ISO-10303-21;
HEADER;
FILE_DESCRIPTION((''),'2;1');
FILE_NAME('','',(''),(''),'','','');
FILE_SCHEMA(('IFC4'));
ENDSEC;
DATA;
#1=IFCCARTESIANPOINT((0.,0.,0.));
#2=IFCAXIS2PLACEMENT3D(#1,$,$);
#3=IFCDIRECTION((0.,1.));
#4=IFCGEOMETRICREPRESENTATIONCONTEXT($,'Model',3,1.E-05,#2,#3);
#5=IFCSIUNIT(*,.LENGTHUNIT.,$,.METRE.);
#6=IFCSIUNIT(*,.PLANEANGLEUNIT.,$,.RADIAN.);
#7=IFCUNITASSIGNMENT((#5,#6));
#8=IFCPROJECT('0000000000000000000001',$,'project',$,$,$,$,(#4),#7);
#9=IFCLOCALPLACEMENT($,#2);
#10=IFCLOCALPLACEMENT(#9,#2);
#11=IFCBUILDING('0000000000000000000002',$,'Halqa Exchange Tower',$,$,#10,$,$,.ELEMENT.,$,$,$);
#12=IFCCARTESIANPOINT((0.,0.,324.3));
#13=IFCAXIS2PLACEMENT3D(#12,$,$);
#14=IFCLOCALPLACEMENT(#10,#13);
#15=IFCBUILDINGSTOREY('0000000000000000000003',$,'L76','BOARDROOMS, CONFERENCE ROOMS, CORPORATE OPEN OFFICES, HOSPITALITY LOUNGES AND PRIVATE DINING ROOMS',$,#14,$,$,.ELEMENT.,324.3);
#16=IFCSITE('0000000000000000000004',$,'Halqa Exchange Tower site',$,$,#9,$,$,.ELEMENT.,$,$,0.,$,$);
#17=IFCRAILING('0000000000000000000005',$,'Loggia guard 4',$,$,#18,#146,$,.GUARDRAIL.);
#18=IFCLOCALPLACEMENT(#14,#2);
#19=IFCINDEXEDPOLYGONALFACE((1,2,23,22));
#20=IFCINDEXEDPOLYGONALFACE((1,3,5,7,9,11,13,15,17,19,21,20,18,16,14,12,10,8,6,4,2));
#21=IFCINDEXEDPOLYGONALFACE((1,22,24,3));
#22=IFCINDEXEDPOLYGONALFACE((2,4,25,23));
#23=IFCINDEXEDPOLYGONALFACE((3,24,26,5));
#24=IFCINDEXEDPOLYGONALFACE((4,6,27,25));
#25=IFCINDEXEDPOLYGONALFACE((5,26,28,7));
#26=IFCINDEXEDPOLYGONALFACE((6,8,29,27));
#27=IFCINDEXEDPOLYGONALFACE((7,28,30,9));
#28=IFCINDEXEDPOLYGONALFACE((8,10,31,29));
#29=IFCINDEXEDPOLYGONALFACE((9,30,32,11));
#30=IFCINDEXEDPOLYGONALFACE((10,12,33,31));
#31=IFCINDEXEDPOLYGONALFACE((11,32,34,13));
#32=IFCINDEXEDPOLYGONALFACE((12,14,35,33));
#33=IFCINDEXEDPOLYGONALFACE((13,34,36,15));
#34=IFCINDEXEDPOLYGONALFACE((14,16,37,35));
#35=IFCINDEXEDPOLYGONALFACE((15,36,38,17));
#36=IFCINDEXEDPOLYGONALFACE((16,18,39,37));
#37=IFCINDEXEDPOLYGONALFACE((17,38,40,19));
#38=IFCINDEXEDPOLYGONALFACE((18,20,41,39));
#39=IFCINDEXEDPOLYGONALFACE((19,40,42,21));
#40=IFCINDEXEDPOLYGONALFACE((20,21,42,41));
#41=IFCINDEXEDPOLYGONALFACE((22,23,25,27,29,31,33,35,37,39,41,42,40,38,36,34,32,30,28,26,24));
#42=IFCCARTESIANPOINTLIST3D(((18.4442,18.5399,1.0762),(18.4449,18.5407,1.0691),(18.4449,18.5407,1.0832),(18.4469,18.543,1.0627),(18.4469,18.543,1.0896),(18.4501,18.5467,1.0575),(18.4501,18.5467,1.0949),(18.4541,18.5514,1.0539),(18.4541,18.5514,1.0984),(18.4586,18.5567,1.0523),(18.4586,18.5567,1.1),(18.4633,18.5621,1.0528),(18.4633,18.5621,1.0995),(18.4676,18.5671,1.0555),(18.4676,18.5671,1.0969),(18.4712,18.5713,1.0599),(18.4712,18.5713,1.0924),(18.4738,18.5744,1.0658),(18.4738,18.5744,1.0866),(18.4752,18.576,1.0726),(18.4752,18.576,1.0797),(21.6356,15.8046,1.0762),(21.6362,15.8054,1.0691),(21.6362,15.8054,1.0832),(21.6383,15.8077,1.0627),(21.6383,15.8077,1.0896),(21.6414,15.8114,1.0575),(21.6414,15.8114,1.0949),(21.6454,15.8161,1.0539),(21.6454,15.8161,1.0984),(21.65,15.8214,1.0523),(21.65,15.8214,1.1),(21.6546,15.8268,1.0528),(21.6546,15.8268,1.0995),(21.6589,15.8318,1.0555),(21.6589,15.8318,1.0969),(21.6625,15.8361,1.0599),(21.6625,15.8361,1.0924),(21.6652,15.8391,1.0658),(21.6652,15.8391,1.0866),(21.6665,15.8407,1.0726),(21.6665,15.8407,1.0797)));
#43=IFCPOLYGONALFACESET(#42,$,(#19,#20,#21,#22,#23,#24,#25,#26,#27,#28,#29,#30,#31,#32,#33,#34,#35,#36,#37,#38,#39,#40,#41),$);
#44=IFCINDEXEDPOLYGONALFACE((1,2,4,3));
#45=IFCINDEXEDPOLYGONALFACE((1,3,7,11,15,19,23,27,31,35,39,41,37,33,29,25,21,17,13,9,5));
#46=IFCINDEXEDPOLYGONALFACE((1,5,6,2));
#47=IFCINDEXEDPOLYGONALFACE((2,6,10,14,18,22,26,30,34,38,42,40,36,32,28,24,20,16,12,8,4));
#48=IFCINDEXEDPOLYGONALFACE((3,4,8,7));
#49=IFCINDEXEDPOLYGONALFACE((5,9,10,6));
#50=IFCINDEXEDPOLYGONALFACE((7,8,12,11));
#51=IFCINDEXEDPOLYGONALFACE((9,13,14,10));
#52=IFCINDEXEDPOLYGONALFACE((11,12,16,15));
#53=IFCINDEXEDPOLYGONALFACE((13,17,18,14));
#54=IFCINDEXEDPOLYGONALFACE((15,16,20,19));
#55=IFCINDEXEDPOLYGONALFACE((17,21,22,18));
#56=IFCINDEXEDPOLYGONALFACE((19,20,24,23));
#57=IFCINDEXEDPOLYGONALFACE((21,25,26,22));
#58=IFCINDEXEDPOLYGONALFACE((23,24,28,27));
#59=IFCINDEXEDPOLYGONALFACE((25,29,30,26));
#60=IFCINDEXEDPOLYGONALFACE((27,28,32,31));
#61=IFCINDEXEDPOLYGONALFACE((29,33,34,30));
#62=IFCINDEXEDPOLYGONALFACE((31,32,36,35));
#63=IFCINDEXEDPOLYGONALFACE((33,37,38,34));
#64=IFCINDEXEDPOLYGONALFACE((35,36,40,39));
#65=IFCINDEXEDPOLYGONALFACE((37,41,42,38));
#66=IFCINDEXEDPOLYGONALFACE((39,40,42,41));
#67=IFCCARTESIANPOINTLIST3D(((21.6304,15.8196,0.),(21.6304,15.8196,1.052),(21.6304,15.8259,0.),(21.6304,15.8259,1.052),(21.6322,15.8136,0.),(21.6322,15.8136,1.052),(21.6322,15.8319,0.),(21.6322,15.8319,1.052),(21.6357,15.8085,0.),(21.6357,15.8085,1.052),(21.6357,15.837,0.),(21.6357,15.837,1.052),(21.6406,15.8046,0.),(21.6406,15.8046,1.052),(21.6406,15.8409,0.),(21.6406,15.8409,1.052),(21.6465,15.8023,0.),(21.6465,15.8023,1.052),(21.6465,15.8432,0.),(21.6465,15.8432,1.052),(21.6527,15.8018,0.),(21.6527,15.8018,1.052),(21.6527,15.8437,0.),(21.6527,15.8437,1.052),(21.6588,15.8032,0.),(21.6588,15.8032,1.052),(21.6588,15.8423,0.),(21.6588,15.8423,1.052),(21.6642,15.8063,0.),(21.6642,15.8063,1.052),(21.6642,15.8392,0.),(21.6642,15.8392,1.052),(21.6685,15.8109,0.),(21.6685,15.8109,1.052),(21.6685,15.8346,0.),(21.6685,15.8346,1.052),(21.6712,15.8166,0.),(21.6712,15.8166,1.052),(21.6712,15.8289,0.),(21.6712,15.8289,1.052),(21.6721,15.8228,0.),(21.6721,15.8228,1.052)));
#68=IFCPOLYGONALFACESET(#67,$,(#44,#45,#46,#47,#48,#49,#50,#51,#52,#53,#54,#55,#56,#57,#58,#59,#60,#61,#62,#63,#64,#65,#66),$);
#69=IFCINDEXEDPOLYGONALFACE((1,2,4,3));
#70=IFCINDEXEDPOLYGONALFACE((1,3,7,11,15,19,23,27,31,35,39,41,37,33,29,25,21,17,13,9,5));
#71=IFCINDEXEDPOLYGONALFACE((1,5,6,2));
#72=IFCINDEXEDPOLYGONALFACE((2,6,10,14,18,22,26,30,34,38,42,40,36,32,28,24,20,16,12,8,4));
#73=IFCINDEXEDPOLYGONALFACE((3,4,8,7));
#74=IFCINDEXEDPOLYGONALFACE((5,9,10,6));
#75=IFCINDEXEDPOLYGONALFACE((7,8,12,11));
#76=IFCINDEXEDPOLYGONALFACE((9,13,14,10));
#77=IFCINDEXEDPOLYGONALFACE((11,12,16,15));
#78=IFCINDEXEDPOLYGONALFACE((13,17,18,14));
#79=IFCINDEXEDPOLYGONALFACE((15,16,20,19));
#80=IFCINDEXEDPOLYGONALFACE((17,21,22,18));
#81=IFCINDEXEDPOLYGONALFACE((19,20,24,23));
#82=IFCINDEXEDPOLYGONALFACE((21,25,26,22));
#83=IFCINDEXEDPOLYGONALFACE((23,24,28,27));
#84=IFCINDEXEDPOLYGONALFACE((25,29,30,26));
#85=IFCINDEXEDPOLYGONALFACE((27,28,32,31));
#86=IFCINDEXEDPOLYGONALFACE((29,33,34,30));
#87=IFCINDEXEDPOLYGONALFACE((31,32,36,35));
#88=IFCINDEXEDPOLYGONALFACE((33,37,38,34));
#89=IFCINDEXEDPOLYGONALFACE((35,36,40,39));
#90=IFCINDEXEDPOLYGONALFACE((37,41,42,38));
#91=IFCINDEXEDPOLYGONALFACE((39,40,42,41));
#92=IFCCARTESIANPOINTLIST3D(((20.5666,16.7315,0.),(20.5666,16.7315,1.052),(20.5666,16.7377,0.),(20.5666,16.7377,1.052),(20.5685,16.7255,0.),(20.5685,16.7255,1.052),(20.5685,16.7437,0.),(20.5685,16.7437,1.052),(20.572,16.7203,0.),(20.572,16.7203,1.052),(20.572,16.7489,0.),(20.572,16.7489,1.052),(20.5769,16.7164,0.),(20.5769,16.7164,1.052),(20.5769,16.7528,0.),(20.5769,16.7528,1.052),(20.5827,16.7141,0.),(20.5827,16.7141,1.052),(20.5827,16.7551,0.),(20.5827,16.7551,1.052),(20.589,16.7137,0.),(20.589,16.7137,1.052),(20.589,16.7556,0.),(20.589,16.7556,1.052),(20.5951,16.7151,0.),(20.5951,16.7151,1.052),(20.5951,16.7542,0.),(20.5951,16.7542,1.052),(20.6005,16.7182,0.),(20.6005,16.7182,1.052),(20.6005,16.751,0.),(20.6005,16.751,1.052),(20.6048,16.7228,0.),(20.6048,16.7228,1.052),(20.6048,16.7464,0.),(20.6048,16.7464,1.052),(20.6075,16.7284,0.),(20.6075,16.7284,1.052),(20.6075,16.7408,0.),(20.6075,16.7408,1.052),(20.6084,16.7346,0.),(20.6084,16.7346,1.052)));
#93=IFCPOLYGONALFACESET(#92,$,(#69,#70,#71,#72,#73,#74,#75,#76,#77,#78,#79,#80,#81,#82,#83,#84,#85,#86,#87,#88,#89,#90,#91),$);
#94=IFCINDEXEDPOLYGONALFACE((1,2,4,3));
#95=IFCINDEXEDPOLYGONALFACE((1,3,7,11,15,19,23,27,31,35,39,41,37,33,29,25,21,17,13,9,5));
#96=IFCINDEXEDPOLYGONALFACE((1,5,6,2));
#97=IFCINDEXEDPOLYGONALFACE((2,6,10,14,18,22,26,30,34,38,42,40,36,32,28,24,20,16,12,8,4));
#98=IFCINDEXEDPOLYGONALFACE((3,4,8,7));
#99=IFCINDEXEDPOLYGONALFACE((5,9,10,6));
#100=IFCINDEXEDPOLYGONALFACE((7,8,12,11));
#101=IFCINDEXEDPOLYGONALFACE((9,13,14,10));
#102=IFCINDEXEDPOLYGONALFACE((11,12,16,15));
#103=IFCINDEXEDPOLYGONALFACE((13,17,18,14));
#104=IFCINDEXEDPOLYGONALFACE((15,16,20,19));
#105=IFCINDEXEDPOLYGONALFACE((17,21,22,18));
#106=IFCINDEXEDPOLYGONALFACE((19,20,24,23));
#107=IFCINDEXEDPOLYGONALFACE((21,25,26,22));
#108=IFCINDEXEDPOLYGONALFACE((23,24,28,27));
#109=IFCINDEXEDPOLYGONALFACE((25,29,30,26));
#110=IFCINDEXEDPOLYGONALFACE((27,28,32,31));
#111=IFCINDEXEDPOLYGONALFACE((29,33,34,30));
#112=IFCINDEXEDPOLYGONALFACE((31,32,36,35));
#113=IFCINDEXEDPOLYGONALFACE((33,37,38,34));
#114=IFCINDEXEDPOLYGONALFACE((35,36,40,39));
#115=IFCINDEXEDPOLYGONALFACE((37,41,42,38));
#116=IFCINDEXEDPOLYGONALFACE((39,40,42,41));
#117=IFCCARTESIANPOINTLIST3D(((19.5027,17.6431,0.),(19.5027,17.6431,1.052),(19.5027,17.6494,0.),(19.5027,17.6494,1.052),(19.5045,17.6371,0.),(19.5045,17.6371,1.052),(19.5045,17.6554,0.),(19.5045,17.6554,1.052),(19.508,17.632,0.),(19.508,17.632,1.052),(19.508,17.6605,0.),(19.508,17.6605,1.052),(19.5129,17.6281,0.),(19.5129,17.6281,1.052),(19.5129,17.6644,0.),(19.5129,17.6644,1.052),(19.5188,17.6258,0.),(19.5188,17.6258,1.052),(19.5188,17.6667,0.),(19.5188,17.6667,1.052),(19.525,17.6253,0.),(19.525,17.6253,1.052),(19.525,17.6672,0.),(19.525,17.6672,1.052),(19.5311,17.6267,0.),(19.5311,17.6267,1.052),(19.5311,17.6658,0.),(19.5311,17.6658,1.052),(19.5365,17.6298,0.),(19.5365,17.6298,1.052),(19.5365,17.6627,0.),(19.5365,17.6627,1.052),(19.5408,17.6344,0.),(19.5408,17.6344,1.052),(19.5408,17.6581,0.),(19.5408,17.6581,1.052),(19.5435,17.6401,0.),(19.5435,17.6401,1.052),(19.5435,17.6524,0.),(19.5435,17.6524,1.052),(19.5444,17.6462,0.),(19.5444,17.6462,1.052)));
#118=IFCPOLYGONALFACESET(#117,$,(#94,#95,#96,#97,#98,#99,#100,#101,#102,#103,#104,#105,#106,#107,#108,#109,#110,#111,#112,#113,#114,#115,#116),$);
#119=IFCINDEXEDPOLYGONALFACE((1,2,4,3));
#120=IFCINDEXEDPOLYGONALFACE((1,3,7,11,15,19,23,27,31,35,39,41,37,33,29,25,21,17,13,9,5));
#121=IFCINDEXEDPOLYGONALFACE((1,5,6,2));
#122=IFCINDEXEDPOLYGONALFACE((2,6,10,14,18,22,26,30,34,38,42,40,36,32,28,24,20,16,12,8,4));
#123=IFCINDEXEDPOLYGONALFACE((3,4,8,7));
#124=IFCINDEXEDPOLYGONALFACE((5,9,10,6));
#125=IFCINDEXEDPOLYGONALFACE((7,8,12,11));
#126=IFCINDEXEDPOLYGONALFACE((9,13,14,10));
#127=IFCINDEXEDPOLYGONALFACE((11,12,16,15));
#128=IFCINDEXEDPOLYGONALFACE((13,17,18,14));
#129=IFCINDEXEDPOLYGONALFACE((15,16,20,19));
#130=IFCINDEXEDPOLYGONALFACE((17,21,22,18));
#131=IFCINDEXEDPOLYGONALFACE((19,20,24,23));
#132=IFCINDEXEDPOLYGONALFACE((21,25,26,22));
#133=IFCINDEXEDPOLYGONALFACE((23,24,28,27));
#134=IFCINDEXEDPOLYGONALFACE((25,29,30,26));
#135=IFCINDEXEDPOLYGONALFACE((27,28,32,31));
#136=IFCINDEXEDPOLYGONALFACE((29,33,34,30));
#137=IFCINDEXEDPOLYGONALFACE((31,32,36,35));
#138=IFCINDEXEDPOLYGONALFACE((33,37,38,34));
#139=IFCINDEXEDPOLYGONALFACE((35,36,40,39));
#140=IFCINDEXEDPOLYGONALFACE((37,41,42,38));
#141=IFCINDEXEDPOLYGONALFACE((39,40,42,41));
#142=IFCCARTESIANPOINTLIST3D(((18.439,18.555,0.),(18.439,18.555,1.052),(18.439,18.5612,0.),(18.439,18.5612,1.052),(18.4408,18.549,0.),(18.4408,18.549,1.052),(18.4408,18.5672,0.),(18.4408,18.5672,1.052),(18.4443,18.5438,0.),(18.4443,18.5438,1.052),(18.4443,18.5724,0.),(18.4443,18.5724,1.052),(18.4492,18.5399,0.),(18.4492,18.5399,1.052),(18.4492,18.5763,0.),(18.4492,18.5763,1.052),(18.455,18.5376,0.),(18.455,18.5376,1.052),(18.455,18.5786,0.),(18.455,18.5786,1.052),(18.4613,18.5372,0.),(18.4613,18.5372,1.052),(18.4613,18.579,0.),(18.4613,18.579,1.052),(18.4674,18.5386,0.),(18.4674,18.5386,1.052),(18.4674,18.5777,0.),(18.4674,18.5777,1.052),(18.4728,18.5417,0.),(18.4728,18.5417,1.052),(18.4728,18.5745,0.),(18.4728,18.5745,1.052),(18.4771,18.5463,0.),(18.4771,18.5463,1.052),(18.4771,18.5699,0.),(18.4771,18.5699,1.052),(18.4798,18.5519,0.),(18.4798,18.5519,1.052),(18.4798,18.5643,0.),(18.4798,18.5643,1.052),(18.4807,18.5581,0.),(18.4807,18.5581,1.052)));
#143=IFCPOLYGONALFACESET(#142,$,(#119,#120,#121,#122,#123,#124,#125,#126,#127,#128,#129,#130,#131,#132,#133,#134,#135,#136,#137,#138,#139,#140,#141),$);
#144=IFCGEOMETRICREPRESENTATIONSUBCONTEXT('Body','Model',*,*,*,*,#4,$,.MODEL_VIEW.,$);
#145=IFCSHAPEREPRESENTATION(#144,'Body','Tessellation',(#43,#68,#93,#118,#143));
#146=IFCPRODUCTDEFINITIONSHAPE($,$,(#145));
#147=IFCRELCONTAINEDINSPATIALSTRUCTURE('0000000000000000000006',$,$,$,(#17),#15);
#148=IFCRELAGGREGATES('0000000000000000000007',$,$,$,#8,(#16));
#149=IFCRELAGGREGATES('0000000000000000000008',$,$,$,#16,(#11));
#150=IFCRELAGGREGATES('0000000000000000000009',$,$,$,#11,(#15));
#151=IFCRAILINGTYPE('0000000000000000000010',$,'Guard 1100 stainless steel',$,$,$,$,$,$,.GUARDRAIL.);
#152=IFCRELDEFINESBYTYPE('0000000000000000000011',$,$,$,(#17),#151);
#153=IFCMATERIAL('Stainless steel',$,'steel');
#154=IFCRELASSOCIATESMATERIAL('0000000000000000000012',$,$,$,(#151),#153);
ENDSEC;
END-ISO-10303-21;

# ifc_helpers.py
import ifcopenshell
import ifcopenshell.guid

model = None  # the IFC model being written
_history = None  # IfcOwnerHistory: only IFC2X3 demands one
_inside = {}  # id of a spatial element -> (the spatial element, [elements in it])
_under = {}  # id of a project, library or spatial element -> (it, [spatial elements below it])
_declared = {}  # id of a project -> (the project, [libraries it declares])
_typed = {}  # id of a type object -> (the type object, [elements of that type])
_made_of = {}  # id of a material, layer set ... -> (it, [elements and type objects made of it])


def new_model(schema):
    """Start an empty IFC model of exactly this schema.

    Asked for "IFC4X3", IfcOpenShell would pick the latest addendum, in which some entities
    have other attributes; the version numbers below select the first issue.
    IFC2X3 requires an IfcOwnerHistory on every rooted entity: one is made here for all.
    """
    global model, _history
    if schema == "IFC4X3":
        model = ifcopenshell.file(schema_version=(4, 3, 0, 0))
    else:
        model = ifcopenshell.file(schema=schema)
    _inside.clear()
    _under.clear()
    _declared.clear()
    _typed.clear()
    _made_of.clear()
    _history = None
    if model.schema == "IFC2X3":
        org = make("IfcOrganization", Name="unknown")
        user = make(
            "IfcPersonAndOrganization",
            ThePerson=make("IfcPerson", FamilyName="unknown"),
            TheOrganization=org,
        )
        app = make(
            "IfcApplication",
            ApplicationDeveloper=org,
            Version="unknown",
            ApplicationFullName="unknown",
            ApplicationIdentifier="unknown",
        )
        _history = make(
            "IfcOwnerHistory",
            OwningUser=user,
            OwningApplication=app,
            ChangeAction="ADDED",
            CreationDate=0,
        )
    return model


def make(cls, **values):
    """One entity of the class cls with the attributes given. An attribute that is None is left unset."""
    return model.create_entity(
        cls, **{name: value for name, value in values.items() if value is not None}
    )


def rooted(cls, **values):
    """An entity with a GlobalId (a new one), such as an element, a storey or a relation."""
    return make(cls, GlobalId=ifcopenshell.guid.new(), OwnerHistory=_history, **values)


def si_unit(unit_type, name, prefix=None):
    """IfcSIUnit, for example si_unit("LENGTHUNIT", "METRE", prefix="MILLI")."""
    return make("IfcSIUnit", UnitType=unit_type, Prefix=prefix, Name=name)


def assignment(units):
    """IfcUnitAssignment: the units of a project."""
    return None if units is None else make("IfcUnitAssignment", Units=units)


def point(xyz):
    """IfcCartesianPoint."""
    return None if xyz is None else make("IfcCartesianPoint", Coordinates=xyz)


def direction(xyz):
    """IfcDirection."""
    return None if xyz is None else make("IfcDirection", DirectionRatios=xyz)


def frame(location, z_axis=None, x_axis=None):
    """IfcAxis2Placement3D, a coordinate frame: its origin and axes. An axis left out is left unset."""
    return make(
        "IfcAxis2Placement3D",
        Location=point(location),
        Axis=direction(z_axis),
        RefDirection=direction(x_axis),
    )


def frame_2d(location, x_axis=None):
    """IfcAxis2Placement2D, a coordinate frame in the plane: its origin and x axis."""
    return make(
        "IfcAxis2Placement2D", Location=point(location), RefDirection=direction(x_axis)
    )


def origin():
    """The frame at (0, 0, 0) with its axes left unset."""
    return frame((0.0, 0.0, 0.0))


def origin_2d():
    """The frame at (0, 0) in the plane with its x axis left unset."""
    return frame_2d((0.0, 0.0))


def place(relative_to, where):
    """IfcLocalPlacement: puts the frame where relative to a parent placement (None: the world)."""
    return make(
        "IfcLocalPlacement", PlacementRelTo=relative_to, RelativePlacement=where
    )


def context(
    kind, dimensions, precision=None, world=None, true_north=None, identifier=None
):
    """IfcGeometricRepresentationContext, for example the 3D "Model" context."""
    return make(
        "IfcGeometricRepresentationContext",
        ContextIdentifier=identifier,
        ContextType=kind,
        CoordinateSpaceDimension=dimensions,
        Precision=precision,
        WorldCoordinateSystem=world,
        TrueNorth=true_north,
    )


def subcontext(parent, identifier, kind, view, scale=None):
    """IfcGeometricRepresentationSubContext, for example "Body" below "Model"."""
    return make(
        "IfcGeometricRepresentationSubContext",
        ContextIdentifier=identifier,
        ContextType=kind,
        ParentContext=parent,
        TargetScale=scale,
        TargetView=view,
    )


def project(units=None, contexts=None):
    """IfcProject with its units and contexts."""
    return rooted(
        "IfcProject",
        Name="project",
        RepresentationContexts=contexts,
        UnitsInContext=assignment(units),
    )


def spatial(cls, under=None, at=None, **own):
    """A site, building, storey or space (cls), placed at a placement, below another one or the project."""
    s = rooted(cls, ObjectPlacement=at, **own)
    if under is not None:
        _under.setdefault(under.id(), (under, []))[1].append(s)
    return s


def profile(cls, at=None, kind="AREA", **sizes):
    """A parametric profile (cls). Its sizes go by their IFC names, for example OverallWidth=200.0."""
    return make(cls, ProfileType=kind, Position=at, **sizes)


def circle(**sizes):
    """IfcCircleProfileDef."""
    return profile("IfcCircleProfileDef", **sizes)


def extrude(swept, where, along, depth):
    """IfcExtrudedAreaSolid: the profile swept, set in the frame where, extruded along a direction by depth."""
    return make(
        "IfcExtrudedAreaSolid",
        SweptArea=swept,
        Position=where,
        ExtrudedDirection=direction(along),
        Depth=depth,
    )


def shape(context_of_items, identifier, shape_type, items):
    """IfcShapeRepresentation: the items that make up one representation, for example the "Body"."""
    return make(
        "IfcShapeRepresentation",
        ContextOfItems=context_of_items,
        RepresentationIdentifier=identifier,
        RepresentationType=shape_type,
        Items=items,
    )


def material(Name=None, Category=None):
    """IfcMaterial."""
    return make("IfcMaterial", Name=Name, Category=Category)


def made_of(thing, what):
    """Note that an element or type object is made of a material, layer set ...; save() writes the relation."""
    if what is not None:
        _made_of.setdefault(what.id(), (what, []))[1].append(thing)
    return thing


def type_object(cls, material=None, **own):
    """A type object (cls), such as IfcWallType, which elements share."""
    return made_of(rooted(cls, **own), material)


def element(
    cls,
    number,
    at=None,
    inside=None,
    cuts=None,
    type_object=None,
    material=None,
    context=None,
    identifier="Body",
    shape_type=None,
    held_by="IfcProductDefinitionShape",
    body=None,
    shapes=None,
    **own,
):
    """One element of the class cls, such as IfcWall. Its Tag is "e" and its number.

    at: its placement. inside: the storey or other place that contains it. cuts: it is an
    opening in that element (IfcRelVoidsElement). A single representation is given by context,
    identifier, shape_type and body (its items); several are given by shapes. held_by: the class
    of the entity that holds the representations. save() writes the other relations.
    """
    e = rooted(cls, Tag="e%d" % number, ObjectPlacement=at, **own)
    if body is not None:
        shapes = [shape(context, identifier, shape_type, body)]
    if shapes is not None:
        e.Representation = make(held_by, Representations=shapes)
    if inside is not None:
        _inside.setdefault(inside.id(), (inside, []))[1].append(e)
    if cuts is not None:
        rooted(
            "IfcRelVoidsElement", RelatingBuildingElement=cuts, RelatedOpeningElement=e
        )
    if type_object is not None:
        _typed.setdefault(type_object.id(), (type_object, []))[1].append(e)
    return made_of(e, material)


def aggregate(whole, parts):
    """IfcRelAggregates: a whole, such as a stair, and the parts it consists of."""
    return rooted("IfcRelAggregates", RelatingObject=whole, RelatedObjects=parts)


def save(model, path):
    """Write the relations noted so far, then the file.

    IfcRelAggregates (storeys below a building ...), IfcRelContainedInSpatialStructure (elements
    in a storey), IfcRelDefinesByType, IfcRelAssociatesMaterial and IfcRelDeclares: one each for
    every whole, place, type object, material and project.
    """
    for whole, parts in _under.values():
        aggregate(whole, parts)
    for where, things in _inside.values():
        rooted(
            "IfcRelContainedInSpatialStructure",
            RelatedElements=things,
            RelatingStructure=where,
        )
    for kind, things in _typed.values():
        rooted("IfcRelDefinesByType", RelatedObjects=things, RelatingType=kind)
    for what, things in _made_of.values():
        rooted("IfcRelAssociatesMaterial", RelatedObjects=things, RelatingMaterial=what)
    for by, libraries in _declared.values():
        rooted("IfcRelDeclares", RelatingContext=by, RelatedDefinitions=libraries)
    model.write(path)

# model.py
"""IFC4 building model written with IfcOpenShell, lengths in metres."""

from ifc_helpers import new_model, si_unit, direction, frame, origin, origin_2d, place, context, subcontext, project, spatial, circle, extrude, material, type_object, element, save


model = new_model("IFC4")

# Units and contexts
model_context = context("Model", 3, precision=1e-05, world=origin(), true_north=direction((0.0, 1.0)))
body_context = subcontext(model_context, "Body", "Model", "MODEL_VIEW")
ifc_project = project(units=[si_unit("LENGTHUNIT", "METRE"), si_unit("PLANEANGLEUNIT", "RADIAN")], contexts=[model_context])

# Site, building, storey
site_placement = place(None, origin())
site = spatial("IfcSite", under=ifc_project, at=site_placement, Name="Halqa Exchange Tower site", CompositionType="ELEMENT", RefElevation=0.0)
building_placement = place(site_placement, origin())
building = spatial("IfcBuilding", under=site, at=building_placement, Name="Halqa Exchange Tower", CompositionType="ELEMENT")
storey_placement = place(building_placement, frame((0.0, 0.0, 324.3)))
storey = spatial("IfcBuildingStorey", under=building, at=storey_placement, Name="L76", Description="BOARDROOMS, CONFERENCE ROOMS, CORPORATE OPEN OFFICES, HOSPITALITY LOUNGES AND PRIVATE DINING ROOMS", CompositionType="ELEMENT", Elevation=324.3)

# Railing
ifc_material_1 = material(Name="Stainless steel", Category="steel")
railing_type = type_object("IfcRailingType", Name="Guard 1100 stainless steel", PredefinedType="GUARDRAIL", material=ifc_material_1)
railing_1_placement = place(storey_placement, frame((21.6511, 15.8228, 0.0)))
element("IfcRailing", 1, at=railing_1_placement, inside=storey, type_object=railing_type, Name="Loggia guard 4", PredefinedType="GUARDRAIL", context=body_context, shape_type="SweptSolid", body=[
    extrude(circle(Radius=0.0239, at=origin_2d()), frame((0.0, 0.0, 1.0762), z_axis=(-0.759273, 0.650772, 0.0), x_axis=(-0.650772, -0.759273, 0.0)), (0.0, 0.0, 1.0), 4.2031),
    extrude(circle(Radius=0.021, at=origin_2d()), origin(), (0.0, 0.0, 1.0), 1.052),
    extrude(circle(Radius=0.021, at=origin_2d()), frame((-1.0637, 0.9119, 0.0)), (0.0, 0.0, 1.0), 1.052),
    extrude(circle(Radius=0.021, at=origin_2d()), frame((-2.1277, 1.8235, 0.0)), (0.0, 0.0, 1.0), 1.052),
    extrude(circle(Radius=0.021, at=origin_2d()), frame((-3.1914, 2.7354, 0.0)), (0.0, 0.0, 1.0), 1.052),
])

save(model, "model.ifc")
